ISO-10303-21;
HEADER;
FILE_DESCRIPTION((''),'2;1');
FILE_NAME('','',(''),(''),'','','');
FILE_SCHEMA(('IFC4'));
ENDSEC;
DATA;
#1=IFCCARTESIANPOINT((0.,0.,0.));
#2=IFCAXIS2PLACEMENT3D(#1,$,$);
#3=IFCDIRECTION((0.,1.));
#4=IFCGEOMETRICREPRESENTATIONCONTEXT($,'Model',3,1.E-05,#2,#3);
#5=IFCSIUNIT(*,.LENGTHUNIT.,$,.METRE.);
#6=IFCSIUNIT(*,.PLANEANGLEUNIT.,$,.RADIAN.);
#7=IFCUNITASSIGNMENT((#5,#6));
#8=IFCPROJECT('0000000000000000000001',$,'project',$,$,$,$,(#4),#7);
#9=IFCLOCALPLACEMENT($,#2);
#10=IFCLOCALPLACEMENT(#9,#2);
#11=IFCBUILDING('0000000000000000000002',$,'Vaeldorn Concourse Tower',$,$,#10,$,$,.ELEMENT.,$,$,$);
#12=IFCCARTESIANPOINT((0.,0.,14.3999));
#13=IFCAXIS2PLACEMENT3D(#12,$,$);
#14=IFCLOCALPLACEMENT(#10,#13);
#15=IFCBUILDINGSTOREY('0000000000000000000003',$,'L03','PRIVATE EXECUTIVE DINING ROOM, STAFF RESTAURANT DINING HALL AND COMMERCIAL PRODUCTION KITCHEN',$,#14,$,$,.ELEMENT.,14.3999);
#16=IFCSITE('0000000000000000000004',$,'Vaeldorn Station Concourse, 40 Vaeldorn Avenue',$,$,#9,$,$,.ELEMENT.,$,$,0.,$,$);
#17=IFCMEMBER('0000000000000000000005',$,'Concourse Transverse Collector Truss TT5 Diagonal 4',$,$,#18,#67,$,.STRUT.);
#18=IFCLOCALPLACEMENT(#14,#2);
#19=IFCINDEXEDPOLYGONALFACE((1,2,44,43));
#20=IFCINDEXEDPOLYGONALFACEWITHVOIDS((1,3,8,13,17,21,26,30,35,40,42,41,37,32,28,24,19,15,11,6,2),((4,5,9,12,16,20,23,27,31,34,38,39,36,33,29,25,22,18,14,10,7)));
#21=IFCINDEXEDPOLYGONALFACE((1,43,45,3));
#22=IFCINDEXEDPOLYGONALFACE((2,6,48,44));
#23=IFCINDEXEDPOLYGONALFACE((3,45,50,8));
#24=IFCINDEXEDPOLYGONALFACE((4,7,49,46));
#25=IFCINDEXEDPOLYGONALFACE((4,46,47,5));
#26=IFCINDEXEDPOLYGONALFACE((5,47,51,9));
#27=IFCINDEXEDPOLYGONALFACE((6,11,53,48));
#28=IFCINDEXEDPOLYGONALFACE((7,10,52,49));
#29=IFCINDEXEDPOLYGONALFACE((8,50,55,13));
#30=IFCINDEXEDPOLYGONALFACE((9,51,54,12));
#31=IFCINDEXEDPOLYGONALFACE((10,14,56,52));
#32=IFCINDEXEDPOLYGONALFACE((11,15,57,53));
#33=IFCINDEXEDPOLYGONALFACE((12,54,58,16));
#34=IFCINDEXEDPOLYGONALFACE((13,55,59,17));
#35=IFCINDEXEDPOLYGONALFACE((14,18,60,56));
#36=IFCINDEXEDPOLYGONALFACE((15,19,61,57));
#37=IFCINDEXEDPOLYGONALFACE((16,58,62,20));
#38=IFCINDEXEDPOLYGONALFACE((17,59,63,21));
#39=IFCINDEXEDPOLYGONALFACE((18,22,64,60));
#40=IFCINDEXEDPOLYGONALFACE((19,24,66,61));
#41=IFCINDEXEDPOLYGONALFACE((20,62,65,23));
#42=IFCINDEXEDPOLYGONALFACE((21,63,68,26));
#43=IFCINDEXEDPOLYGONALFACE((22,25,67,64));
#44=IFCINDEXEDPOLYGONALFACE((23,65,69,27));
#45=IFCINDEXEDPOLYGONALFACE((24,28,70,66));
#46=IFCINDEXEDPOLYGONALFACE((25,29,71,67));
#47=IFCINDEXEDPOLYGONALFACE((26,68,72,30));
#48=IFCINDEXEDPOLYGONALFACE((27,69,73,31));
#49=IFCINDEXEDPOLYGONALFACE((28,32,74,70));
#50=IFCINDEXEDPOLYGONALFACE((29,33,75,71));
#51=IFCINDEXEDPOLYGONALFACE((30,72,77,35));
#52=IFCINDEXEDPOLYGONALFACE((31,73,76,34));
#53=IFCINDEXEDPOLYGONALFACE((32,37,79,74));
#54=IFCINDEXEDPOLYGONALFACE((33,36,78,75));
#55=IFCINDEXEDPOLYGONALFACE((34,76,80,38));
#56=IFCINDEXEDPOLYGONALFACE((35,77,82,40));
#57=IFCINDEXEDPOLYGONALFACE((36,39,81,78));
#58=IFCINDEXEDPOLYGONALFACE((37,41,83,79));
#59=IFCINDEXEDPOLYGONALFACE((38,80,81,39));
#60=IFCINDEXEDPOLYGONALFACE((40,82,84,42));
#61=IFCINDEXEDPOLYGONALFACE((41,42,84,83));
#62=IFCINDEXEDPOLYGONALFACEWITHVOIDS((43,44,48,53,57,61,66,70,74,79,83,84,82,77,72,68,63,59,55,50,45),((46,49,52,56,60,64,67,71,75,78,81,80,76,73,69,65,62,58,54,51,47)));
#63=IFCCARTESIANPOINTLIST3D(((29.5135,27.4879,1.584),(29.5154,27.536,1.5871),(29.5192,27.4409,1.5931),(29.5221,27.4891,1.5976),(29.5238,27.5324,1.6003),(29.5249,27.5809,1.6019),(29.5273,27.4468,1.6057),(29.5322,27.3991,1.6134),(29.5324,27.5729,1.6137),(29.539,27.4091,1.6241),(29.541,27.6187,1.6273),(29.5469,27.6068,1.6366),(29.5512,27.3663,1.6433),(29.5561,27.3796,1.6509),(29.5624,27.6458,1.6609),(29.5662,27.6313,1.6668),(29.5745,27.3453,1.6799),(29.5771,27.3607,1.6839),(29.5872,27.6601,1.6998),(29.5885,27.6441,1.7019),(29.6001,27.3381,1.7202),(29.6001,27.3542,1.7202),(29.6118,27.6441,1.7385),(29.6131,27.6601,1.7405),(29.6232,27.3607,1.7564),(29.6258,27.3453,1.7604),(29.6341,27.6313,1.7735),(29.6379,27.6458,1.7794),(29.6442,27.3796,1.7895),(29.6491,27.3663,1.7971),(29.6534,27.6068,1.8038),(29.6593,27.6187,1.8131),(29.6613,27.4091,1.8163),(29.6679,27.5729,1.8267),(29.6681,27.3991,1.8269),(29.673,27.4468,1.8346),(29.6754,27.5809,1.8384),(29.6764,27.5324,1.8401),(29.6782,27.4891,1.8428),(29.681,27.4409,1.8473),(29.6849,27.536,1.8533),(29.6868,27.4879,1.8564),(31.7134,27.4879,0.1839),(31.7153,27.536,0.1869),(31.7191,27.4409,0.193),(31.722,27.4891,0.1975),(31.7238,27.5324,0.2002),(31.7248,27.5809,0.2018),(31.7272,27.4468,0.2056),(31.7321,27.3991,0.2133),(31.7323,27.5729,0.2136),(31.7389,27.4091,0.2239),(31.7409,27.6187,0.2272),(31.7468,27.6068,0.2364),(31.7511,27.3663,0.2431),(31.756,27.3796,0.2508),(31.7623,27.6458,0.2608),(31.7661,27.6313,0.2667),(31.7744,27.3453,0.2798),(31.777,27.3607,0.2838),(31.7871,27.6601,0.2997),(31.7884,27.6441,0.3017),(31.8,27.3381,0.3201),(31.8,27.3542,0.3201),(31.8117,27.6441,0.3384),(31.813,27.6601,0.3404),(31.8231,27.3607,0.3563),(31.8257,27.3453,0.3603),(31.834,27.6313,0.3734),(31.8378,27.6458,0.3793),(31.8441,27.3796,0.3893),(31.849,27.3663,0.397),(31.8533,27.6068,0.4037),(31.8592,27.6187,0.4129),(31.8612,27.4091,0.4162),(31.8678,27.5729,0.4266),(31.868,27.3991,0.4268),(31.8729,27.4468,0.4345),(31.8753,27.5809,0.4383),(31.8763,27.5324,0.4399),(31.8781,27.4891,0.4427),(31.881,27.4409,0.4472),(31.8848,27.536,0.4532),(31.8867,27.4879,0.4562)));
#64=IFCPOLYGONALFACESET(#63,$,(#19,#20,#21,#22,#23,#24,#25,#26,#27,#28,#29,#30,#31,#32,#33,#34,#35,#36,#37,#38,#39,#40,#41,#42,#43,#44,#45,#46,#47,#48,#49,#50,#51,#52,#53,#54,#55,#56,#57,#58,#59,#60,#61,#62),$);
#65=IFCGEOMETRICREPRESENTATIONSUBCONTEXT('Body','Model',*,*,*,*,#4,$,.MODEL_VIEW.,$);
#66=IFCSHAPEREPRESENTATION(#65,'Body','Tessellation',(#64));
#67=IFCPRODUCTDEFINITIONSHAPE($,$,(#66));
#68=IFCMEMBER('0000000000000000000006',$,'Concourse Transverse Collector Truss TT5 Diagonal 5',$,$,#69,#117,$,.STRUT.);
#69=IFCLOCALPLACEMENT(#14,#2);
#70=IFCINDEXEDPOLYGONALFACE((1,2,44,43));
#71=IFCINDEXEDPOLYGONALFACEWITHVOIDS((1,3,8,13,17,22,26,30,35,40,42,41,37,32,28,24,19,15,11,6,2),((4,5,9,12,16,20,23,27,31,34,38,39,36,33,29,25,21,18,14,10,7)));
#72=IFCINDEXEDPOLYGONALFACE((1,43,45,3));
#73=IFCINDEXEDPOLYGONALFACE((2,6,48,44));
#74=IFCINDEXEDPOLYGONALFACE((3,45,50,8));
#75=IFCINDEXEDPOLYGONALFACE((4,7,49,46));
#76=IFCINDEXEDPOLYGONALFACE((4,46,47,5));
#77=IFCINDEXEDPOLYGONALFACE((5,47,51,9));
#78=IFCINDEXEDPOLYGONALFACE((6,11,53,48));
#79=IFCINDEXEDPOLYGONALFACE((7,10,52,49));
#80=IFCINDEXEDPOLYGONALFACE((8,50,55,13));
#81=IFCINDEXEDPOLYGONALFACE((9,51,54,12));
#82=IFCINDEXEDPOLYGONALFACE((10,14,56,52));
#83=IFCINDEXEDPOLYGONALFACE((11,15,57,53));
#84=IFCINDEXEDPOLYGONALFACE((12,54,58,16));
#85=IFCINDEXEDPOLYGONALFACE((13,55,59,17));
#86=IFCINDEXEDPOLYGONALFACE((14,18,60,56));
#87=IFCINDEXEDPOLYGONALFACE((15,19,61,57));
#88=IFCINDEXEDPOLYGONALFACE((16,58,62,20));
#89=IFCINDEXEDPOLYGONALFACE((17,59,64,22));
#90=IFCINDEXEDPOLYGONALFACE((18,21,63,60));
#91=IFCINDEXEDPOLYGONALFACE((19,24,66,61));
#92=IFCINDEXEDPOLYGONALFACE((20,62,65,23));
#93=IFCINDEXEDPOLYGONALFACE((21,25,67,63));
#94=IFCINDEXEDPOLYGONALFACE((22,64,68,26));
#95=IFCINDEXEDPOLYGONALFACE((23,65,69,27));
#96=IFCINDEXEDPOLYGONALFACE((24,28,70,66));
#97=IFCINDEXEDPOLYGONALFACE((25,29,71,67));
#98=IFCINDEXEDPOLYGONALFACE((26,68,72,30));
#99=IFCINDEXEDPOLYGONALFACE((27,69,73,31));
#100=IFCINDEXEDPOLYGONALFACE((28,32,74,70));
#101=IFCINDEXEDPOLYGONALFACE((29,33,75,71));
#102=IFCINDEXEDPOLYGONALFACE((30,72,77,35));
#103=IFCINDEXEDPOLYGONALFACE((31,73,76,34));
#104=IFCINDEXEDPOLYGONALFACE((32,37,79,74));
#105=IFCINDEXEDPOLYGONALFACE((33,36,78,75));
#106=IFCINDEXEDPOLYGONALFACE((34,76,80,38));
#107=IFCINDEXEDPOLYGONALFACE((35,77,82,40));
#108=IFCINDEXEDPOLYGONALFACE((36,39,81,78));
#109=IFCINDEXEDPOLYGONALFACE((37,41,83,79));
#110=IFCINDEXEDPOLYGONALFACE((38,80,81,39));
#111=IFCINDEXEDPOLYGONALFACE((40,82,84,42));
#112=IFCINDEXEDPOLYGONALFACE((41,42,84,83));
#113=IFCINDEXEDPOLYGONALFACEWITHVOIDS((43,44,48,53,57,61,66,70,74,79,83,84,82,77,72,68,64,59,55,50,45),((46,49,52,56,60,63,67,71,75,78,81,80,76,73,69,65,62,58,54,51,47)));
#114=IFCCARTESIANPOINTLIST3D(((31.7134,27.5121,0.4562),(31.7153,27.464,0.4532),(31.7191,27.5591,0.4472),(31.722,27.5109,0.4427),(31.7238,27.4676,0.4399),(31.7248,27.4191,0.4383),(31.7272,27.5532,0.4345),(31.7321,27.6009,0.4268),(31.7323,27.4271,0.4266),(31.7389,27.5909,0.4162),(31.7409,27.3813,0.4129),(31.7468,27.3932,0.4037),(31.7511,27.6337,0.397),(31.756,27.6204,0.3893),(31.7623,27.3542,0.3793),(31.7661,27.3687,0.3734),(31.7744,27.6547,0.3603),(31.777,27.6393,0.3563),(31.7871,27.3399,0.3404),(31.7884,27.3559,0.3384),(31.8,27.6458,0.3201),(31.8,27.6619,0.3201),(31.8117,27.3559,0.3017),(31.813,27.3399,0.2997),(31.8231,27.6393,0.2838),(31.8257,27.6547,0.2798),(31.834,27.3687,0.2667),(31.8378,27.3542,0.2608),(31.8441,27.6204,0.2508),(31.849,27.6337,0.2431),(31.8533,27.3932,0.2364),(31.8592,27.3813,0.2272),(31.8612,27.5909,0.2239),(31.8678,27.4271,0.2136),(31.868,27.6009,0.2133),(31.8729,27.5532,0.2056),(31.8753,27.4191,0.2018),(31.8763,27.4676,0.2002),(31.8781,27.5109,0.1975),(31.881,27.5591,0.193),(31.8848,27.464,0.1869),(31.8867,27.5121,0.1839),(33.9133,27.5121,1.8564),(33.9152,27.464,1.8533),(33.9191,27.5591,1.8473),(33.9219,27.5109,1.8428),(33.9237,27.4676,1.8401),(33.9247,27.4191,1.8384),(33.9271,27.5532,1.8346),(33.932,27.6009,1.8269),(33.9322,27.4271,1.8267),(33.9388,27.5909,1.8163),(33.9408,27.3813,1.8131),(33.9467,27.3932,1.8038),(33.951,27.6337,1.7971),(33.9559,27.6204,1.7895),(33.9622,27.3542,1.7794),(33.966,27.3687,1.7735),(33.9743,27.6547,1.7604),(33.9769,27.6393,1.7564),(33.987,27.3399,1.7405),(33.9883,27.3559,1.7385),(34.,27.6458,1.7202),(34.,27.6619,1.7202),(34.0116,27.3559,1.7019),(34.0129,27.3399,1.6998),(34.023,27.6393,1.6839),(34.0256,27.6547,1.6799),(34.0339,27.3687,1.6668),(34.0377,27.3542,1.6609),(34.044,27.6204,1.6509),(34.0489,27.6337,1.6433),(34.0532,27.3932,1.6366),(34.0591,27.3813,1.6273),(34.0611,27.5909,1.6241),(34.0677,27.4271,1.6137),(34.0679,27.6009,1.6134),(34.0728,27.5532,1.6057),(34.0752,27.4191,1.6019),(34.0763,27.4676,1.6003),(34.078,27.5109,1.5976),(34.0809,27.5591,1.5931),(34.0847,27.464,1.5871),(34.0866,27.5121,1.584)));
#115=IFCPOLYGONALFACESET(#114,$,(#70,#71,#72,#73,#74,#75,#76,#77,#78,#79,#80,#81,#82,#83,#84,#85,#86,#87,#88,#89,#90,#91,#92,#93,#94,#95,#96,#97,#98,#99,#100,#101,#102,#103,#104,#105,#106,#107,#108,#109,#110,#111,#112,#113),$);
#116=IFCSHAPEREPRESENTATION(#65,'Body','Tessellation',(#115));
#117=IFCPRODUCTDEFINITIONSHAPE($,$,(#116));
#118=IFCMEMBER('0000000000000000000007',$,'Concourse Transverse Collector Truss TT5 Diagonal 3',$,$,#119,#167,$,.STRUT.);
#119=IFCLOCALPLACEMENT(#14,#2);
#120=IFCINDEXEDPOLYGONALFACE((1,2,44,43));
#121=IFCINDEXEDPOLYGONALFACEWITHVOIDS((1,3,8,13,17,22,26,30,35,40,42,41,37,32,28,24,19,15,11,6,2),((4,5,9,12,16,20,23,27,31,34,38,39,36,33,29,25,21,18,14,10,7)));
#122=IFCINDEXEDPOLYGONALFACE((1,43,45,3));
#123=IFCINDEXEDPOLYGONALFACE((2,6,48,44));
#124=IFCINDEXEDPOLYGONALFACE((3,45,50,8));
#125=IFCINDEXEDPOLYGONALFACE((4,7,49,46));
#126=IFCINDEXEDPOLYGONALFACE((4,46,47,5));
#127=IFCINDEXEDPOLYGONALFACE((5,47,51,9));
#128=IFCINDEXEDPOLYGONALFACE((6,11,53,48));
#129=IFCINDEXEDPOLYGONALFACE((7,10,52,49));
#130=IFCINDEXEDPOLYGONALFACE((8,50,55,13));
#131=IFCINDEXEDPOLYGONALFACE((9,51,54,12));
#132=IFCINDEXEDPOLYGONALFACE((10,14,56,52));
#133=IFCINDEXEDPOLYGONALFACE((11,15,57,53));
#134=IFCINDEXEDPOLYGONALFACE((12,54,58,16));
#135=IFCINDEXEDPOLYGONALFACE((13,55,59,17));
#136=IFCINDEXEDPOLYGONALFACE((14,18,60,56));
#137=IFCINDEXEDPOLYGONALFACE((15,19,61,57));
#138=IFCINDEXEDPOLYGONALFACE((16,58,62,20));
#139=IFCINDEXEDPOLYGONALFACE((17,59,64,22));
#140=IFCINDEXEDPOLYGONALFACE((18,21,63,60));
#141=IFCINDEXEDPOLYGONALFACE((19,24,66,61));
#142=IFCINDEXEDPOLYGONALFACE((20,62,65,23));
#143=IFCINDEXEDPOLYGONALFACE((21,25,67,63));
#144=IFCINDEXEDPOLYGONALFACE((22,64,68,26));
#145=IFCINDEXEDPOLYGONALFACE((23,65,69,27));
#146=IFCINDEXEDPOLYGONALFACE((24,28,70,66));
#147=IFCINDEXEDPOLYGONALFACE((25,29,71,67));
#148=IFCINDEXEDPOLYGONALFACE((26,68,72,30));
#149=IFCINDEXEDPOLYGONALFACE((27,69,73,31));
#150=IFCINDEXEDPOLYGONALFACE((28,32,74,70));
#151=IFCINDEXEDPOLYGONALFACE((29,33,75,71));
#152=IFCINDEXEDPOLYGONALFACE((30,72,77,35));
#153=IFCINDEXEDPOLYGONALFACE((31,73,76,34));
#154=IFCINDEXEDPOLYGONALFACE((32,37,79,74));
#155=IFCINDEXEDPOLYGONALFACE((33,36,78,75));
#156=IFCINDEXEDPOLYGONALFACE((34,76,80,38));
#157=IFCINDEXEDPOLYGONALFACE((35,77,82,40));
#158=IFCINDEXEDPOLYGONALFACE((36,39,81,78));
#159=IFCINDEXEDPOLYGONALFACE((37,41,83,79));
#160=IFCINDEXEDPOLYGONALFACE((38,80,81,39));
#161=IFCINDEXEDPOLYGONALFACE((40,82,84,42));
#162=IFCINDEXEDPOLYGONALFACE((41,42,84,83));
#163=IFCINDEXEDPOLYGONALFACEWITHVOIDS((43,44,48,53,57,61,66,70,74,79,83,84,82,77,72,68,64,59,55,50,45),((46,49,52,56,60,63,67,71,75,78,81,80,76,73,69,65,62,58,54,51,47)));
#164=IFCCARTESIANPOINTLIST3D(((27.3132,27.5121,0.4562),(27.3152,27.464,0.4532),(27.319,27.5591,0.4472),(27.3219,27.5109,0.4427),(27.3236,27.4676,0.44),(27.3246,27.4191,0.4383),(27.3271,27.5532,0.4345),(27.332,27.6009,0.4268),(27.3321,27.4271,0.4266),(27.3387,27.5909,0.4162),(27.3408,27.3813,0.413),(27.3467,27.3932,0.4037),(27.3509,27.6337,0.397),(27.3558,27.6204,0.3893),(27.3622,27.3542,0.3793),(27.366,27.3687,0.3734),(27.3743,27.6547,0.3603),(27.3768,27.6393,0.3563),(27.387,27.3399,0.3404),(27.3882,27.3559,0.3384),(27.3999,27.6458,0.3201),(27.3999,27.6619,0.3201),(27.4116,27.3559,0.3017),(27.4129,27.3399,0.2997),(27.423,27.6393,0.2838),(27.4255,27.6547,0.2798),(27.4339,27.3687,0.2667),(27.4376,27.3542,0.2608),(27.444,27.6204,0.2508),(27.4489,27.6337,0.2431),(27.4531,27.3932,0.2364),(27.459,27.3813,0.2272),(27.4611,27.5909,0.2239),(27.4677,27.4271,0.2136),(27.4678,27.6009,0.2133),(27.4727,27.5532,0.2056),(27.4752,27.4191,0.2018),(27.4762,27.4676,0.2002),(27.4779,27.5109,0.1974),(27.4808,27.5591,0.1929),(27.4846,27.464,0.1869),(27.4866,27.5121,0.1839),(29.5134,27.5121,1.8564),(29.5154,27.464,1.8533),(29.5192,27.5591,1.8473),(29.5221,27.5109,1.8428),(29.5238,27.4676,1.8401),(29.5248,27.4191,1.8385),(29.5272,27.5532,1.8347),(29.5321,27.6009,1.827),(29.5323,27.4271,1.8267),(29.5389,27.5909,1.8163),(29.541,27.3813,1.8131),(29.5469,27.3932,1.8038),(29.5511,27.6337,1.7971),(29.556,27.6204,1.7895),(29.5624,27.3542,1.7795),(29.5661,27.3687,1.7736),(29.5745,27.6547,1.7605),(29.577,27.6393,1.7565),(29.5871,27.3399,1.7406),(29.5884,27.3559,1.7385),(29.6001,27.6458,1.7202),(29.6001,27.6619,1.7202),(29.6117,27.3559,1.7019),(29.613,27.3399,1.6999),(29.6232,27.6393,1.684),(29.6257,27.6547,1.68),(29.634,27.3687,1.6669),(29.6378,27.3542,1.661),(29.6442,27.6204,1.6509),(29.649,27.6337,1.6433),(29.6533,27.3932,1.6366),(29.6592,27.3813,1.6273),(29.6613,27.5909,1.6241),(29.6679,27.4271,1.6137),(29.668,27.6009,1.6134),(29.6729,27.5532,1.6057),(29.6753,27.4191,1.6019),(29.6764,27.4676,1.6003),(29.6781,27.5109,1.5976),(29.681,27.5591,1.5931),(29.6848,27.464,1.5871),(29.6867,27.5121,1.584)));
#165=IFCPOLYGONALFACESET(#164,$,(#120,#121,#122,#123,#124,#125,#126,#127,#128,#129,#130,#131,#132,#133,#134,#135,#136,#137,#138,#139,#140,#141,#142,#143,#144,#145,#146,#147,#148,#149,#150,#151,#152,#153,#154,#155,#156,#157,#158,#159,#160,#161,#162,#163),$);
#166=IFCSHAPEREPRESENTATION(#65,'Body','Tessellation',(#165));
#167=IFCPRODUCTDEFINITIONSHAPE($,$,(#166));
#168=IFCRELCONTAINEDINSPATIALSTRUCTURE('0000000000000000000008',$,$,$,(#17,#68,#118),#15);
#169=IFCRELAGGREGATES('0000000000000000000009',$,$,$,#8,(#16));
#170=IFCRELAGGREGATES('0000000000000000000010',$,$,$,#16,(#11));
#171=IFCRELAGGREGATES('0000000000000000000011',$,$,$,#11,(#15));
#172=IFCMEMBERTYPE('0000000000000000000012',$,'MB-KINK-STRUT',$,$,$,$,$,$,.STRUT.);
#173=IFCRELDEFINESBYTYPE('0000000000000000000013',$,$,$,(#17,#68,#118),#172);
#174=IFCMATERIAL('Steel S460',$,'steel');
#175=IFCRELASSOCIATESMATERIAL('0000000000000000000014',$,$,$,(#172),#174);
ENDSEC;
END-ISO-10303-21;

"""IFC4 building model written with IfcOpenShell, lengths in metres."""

from ifc_helpers import new_model, si_unit, direction, frame, origin, origin_2d, place, context, subcontext, project, spatial, hollow_circle, extrude, source, transform, mapped, material, material_profile, profile_set, type_object, element, save


model = new_model("IFC4")

# Units and contexts
model_context = context("Model", 3, precision=1e-05, world=origin(), true_north=direction((0.0, 1.0)))
body_context = subcontext(model_context, "Body", "Model", "MODEL_VIEW")
ifc_project = project(units=[si_unit("LENGTHUNIT", "METRE"), si_unit("PLANEANGLEUNIT", "RADIAN")], contexts=[model_context])

# Site, building, storey
site_placement = place(None, origin())
site = spatial("IfcSite", under=ifc_project, at=site_placement, Name="Vaeldorn Station Concourse, 40 Vaeldorn Avenue", CompositionType="ELEMENT", RefElevation=0.0)
building_placement = place(site_placement, origin())
building = spatial("IfcBuilding", under=site, at=building_placement, Name="Vaeldorn Concourse Tower", CompositionType="ELEMENT")
storey_placement = place(building_placement, frame((0.0, 0.0, 14.3999)))
storey = spatial("IfcBuildingStorey", under=building, at=storey_placement, Name="L03", Description="PRIVATE EXECUTIVE DINING ROOM, STAFF RESTAURANT DINING HALL AND COMMERCIAL PRODUCTION KITCHEN", CompositionType="ELEMENT", Elevation=14.3999)

# Shared definitions
ifc_material_1 = material(Name="Steel S460", Category="steel")

# Members
ifc_material_profile_1 = material_profile(ifc_material_1, hollow_circle(Radius=0.1619, WallThickness=0.0161, at=origin_2d()), Name="CHS 323.9x16")
ifc_profile_set_1 = profile_set([ifc_material_profile_1], Name="Steel S460")
member_type = type_object("IfcMemberType", Name="MB-KINK-STRUT", PredefinedType="STRUT", material=ifc_profile_set_1)
shared_shape_1 = source(origin(), body_context, "Body", "SweptSolid", [
    extrude(hollow_circle(Radius=0.1619, WallThickness=0.0161, at=origin_2d()), origin(), (0.0, 0.0, 1.0), 2.6077),
])
for number, where, z_axis, x_axis, name in (
    (1, (31.8, 27.5, 0.3201), (-0.843631, 0.0, 0.536924), (0.0, -1.0, 0.0), "Concourse Transverse Collector Truss TT5 Diagonal 4"),
    (2, (31.8, 27.5, 0.3201), (0.843631, 0.0, 0.536924), (0.0, 1.0, 0.0), "Concourse Transverse Collector Truss TT5 Diagonal 5"),
):
    element("IfcMember", number, at=place(storey_placement, frame(where, z_axis=z_axis, x_axis=x_axis)), inside=storey, type_object=member_type, Name=name, PredefinedType="STRUT", context=body_context, shape_type="MappedRepresentation", body=[
        mapped(shared_shape_1, transform((0.0, 0.0, 0.0), scale=1.0)),
    ])
shared_shape_2 = source(origin(), body_context, "Body", "SweptSolid", [
    extrude(hollow_circle(Radius=0.1619, WallThickness=0.0161, at=origin_2d()), origin(), (0.0, 0.0, 1.0), 2.6079),
])
member_1_placement = place(storey_placement, frame((27.3999, 27.5, 0.3201), z_axis=(0.843658, 0.0, 0.536882), x_axis=(0.0, 1.0, 0.0)))
element("IfcMember", 3, at=member_1_placement, inside=storey, type_object=member_type, Name="Concourse Transverse Collector Truss TT5 Diagonal 3", PredefinedType="STRUT", context=body_context, shape_type="MappedRepresentation", body=[
    mapped(shared_shape_2, transform((0.0, 0.0, 0.0), scale=1.0)),
])

save(model, "model.ifc")
